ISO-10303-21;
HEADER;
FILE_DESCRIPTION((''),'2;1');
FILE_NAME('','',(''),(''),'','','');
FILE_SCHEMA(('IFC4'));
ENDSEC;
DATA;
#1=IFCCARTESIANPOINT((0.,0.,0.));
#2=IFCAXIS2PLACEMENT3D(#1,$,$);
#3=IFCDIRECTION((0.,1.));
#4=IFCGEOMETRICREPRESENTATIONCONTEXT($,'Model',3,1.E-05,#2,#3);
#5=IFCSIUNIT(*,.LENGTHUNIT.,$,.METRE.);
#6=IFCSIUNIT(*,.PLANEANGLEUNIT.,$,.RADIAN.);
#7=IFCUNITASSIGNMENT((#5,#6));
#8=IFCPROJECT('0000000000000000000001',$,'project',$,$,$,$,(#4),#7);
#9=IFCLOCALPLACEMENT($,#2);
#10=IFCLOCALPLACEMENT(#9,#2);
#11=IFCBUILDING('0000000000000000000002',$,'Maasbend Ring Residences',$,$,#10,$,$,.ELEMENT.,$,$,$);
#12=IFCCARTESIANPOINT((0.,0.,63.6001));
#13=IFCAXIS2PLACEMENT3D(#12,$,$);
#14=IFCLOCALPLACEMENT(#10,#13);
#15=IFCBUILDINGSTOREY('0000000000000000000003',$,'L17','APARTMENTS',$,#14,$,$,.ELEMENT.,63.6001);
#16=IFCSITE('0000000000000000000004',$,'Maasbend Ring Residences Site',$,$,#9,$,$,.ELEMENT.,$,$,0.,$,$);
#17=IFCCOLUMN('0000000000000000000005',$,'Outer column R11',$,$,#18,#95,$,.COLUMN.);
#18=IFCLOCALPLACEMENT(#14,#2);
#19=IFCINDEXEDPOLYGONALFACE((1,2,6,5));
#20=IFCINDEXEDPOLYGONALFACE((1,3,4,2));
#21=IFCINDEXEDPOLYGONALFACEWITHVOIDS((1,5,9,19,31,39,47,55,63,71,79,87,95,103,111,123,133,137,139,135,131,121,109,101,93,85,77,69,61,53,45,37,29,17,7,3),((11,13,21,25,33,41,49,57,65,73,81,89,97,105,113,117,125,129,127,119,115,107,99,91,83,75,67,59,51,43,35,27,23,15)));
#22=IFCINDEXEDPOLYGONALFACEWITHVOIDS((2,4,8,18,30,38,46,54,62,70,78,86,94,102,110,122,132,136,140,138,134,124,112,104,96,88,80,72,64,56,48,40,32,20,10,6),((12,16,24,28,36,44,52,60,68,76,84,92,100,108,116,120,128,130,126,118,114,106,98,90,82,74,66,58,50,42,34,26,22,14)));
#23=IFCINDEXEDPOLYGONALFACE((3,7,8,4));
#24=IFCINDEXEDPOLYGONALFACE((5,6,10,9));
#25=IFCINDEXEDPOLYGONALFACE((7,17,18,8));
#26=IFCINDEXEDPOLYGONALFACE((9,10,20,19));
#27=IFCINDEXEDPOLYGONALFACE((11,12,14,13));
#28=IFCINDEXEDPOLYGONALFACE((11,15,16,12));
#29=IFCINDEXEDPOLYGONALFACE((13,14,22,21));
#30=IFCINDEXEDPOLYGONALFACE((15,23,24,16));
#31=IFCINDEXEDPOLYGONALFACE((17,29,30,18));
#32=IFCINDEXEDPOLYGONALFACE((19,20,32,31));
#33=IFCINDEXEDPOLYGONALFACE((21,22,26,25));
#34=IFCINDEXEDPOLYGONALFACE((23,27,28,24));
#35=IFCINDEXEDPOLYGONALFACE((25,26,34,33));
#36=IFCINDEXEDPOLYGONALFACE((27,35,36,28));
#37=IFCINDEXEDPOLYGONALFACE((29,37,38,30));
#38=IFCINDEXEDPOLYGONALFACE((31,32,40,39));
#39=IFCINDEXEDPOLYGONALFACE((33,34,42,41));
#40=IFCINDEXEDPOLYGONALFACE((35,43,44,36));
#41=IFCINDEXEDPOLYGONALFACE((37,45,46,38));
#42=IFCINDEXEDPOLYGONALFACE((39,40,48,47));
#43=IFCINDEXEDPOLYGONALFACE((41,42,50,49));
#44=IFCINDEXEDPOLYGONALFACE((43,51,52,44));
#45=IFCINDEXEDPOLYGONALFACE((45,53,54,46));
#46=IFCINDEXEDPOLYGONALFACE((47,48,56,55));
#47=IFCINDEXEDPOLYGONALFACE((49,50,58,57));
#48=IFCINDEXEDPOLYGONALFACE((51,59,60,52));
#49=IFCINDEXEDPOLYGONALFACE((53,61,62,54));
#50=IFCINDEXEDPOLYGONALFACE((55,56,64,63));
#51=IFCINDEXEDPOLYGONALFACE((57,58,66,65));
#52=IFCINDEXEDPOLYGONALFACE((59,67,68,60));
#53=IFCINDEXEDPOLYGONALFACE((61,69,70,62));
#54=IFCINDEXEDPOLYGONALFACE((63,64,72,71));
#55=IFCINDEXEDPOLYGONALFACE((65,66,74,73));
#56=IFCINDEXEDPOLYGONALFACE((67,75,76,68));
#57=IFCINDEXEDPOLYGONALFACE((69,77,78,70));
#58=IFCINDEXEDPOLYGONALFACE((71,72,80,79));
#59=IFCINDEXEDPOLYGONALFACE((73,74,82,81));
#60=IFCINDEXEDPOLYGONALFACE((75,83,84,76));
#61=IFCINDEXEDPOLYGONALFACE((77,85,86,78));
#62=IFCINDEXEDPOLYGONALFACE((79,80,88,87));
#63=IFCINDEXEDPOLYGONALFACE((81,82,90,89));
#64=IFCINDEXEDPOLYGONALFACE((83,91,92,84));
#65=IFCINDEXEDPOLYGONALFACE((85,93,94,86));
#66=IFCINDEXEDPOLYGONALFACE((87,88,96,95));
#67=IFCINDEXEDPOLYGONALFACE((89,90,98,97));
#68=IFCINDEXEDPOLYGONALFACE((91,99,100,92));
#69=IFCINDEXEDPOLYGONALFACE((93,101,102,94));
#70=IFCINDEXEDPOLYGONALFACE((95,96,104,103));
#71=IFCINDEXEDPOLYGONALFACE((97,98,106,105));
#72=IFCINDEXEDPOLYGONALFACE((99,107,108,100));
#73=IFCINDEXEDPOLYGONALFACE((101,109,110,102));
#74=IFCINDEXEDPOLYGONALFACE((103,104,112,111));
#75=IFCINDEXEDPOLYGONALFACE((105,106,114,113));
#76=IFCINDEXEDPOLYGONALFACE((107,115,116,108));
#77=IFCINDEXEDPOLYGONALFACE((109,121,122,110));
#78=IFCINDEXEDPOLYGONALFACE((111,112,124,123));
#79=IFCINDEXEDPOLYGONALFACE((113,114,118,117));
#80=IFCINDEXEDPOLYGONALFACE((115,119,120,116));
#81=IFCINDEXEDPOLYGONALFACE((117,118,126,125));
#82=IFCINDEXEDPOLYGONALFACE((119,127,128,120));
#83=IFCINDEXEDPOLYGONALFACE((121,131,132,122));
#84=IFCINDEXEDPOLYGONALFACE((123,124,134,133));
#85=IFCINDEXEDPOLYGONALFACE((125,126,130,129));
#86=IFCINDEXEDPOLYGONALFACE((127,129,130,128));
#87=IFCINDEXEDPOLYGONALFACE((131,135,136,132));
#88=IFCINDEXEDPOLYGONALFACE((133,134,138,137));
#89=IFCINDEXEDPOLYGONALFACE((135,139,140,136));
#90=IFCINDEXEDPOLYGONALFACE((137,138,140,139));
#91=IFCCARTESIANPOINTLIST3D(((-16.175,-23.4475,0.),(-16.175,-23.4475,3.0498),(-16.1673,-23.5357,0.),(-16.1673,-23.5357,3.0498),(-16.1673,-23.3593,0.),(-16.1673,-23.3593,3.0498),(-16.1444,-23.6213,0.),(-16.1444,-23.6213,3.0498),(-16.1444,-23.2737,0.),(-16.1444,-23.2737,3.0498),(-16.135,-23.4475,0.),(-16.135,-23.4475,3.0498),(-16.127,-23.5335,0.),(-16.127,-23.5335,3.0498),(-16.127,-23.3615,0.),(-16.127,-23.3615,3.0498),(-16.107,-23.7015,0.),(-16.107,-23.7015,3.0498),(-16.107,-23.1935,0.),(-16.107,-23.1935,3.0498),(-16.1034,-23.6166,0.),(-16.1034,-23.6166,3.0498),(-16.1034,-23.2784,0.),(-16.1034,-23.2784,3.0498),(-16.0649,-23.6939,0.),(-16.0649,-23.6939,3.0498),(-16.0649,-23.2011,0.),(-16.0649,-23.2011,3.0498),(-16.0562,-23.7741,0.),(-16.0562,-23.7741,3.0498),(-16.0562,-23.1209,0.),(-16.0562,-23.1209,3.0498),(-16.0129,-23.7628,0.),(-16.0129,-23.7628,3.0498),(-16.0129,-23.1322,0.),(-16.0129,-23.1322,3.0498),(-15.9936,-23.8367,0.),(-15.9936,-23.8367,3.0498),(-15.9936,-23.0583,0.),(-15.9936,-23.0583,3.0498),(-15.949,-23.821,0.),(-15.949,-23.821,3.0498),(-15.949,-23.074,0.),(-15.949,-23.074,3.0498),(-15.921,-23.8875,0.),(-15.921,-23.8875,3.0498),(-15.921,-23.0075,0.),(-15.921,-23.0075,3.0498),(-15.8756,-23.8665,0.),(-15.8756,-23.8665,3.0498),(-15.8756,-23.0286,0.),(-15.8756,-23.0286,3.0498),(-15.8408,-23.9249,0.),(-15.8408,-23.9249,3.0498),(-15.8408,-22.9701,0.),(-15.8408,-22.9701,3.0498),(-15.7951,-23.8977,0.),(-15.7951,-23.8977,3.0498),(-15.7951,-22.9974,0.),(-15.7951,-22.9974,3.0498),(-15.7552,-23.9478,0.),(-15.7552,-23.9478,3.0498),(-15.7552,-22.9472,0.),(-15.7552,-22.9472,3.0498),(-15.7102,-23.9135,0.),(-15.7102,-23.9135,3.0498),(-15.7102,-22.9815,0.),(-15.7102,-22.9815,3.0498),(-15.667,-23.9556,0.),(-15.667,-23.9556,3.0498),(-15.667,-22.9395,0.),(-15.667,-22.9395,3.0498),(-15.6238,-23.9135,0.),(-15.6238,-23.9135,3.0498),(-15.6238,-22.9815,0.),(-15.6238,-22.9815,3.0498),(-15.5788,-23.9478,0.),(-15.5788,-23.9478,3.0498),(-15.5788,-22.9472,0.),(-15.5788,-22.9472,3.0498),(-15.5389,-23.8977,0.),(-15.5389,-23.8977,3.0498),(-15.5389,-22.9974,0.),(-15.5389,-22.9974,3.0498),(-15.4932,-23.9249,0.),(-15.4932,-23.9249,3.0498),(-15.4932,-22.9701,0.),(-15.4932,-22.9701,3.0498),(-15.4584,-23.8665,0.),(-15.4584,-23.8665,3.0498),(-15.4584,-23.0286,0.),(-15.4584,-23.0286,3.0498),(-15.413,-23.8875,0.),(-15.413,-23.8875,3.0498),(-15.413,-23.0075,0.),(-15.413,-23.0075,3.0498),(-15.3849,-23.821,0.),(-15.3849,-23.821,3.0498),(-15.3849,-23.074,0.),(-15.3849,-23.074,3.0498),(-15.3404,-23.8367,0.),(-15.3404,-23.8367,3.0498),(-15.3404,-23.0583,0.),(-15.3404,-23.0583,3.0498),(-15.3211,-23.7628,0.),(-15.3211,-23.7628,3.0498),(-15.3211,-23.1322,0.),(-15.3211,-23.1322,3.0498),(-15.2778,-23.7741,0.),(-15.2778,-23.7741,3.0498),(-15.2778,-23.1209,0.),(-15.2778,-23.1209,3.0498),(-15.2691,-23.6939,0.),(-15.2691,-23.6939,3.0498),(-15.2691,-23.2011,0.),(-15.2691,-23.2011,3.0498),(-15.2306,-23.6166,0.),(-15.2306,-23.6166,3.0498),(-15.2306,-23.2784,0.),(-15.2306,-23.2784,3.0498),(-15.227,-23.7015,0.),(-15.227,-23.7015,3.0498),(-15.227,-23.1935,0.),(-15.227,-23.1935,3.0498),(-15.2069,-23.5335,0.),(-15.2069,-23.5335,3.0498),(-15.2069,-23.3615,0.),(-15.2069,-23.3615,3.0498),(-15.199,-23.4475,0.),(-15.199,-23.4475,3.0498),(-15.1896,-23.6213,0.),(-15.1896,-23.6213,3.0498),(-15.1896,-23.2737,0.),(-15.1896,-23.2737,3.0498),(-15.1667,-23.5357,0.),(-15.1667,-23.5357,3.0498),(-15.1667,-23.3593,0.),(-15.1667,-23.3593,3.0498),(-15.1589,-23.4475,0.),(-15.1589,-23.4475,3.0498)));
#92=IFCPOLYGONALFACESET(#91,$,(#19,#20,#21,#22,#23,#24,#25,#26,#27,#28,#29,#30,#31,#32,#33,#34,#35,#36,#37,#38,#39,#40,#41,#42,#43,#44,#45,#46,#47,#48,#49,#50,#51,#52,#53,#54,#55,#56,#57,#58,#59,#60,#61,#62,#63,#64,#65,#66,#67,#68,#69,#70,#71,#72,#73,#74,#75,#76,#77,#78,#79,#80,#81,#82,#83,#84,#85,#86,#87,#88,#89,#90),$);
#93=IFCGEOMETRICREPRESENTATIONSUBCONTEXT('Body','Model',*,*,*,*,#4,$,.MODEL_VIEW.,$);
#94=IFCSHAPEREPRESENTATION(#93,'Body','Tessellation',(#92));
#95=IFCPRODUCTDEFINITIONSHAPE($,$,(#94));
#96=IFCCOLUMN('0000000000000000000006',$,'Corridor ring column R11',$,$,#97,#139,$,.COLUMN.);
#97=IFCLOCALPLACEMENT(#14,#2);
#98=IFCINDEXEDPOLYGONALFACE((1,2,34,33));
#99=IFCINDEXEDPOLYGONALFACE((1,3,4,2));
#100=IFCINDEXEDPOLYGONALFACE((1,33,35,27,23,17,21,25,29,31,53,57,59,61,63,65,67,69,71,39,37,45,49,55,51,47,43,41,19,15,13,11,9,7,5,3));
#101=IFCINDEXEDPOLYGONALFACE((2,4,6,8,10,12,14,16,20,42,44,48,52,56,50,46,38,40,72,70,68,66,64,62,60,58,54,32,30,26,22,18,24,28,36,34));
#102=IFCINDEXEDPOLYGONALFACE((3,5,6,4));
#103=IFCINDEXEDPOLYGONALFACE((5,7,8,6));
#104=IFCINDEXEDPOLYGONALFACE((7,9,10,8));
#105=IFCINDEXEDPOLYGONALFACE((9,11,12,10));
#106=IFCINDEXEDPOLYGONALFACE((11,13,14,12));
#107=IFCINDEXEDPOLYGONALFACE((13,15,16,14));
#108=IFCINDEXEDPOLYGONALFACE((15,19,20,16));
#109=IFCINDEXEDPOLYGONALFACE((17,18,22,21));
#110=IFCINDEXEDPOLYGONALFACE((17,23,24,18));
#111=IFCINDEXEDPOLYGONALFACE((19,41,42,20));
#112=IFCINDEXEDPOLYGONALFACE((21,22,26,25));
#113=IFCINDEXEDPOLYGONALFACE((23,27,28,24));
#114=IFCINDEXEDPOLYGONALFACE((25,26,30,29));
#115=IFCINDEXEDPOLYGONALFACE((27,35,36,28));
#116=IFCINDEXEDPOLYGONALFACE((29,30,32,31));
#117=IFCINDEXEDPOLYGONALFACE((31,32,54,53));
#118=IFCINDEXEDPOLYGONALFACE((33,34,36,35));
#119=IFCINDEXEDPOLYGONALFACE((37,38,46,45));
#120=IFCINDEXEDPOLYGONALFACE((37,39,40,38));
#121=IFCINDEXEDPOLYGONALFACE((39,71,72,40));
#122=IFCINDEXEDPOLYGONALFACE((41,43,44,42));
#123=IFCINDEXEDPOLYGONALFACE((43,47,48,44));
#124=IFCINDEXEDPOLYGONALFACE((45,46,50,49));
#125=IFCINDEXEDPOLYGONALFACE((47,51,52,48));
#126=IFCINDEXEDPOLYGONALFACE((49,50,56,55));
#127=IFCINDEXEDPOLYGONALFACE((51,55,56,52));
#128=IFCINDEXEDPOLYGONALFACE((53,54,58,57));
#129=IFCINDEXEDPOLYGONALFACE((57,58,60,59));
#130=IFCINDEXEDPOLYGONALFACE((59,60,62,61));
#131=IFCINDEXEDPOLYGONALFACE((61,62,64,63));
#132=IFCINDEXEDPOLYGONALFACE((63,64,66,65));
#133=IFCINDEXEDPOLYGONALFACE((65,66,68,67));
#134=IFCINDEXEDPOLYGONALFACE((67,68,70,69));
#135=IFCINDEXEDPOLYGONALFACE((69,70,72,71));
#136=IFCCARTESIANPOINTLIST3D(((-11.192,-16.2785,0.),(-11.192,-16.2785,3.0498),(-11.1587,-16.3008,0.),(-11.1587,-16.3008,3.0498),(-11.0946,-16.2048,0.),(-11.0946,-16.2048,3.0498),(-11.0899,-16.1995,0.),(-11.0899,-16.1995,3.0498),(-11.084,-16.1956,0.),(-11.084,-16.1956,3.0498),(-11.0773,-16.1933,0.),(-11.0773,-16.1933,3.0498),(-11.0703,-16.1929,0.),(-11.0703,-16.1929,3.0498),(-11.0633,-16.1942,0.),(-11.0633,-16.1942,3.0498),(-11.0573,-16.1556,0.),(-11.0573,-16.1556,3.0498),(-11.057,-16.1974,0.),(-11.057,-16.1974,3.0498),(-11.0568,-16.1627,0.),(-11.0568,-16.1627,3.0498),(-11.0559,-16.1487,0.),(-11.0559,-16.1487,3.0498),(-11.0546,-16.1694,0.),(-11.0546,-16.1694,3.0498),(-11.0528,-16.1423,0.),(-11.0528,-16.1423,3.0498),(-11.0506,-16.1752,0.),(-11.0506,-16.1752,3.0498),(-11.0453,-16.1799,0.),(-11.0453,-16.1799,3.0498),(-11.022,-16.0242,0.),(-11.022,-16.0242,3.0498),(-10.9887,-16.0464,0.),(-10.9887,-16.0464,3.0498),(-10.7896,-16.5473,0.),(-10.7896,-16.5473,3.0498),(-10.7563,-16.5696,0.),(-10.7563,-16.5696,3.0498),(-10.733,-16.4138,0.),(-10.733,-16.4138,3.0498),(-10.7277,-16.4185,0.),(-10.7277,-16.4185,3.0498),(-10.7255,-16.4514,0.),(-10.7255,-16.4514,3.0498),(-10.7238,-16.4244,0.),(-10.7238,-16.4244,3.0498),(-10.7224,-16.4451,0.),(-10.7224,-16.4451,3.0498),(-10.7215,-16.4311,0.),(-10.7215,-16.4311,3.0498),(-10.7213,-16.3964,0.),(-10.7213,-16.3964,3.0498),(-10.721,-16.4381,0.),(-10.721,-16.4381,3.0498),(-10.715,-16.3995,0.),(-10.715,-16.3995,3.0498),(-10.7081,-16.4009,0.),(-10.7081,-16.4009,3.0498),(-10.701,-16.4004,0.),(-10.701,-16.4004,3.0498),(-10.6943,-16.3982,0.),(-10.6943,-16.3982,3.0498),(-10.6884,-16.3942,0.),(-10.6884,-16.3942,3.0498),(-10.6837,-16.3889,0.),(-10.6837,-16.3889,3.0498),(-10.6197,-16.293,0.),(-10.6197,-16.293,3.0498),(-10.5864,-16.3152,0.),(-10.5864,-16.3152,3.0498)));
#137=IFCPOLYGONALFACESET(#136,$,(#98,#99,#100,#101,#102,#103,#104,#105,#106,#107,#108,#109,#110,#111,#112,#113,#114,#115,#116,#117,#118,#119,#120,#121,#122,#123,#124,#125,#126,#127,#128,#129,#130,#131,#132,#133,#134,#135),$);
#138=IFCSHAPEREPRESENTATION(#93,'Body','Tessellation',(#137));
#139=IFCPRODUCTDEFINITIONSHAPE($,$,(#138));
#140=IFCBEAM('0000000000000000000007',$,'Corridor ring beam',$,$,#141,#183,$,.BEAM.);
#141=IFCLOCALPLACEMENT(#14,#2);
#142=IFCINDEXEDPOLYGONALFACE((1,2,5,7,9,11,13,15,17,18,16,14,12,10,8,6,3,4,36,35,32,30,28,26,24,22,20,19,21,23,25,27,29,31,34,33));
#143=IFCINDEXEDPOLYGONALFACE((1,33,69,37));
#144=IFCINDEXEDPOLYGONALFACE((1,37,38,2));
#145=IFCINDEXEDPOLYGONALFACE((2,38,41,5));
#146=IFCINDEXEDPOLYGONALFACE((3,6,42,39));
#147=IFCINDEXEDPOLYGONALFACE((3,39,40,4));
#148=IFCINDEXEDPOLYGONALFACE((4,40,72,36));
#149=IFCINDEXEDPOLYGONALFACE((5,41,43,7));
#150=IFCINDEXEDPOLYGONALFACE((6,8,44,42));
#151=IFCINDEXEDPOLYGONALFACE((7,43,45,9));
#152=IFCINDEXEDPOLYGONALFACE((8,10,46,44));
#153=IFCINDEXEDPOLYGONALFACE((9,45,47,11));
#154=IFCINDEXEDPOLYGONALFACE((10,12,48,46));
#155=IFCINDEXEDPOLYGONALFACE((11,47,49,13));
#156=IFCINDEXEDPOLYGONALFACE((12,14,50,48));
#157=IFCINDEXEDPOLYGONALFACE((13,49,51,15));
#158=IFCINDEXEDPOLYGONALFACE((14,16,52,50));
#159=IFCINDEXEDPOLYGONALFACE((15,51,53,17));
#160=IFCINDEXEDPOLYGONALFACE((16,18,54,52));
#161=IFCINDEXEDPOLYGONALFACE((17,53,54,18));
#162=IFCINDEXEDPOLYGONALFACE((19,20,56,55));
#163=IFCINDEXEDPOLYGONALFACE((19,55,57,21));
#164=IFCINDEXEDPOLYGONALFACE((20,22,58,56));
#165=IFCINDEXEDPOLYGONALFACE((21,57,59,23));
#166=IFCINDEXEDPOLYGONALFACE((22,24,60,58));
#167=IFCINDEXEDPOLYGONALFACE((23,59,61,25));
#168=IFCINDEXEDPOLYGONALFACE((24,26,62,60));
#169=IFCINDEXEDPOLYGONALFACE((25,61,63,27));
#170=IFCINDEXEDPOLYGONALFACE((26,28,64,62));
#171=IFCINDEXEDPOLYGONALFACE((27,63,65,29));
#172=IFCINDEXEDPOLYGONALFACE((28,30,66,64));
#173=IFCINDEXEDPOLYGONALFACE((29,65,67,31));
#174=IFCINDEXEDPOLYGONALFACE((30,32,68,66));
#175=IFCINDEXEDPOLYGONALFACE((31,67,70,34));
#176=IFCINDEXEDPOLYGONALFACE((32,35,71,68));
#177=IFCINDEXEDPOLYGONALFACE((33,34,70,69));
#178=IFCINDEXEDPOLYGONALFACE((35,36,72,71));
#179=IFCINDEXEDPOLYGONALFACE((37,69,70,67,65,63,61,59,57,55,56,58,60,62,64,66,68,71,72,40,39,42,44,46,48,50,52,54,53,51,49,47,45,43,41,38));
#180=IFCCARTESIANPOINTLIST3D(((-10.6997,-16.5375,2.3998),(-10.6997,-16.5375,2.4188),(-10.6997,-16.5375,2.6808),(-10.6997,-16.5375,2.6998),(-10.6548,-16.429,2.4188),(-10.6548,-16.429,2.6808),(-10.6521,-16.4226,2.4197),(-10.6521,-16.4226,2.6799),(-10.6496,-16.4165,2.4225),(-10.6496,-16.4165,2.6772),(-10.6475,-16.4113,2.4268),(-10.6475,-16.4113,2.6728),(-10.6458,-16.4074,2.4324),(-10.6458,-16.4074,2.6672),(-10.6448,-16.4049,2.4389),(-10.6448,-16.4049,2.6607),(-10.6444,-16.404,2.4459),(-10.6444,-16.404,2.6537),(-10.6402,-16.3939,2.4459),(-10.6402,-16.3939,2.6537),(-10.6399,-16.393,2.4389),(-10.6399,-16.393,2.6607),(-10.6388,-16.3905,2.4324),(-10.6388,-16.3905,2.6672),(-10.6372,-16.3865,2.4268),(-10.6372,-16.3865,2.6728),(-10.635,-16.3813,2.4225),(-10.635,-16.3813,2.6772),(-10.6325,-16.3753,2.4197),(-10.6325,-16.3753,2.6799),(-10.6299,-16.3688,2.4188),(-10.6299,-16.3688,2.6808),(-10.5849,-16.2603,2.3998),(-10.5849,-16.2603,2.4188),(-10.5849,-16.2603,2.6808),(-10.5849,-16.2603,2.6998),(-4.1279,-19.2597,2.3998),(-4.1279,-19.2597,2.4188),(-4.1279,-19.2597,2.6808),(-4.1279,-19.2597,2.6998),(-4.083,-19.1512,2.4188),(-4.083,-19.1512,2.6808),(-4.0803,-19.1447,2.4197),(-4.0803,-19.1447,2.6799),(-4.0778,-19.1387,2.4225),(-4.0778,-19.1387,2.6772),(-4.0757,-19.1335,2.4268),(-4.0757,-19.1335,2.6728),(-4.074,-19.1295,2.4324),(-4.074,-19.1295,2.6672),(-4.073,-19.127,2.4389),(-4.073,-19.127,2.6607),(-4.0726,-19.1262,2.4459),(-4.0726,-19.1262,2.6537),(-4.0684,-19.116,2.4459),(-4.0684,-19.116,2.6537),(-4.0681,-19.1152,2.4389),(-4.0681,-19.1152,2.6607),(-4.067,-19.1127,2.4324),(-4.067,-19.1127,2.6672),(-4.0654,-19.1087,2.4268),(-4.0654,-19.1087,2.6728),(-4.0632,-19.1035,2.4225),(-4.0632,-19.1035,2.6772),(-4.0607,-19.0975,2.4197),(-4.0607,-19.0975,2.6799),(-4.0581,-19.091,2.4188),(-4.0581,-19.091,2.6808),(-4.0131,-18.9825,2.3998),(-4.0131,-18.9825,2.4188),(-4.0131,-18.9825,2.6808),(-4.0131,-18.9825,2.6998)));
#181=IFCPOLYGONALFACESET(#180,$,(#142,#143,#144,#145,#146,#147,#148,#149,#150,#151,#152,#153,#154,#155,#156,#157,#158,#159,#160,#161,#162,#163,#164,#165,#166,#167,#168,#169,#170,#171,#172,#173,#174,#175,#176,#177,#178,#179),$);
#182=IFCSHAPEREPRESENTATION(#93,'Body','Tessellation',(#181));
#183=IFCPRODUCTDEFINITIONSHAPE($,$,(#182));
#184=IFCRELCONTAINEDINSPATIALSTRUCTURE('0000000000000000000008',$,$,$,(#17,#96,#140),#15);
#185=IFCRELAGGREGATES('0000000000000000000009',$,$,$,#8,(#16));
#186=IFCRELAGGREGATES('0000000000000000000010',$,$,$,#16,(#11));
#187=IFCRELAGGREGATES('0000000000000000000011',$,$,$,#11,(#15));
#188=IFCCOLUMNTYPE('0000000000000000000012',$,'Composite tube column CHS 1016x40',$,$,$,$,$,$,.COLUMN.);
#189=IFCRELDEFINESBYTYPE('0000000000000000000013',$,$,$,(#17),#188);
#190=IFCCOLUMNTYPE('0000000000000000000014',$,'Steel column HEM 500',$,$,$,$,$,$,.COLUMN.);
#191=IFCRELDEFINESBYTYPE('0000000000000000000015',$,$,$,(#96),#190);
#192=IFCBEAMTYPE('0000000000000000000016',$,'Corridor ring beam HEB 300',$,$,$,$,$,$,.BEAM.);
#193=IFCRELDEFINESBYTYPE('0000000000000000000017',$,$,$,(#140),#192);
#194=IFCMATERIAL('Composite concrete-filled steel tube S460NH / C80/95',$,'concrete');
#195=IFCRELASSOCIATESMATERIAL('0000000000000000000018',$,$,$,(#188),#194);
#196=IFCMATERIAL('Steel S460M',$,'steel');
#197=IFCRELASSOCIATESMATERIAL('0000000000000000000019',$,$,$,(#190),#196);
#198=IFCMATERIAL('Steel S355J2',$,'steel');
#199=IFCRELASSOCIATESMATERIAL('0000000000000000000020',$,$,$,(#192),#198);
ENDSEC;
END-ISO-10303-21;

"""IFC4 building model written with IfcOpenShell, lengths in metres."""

from ifc_helpers import new_model, si_unit, direction, frame, origin, origin_2d, place, context, subcontext, project, spatial, hollow_circle, i_section, extrude, material, material_profile, profile_set, type_object, element, save


model = new_model("IFC4")

# Units and contexts
model_context = context("Model", 3, precision=1e-05, world=origin(), true_north=direction((0.0, 1.0)))
body_context = subcontext(model_context, "Body", "Model", "MODEL_VIEW")
ifc_project = project(units=[si_unit("LENGTHUNIT", "METRE"), si_unit("PLANEANGLEUNIT", "RADIAN")], contexts=[model_context])

# Site, building, storey
site_placement = place(None, origin())
site = spatial("IfcSite", under=ifc_project, at=site_placement, Name="Maasbend Ring Residences Site", CompositionType="ELEMENT", RefElevation=0.0)
building_placement = place(site_placement, origin())
building = spatial("IfcBuilding", under=site, at=building_placement, Name="Maasbend Ring Residences", CompositionType="ELEMENT")
storey_placement = place(building_placement, frame((0.0, 0.0, 63.6001)))
storey = spatial("IfcBuildingStorey", under=building, at=storey_placement, Name="L17", Description="APARTMENTS", CompositionType="ELEMENT", Elevation=63.6001)

# Columns
ifc_material_1 = material(Name="Composite concrete-filled steel tube S460NH / C80/95", Category="concrete")
ifc_material_profile_1 = material_profile(ifc_material_1, hollow_circle(Radius=0.5081, WallThickness=0.04, at=origin_2d()), Name="Composite tube column CHS 1016x40")
ifc_profile_set_1 = profile_set([ifc_material_profile_1], Name="Composite concrete-filled steel tube S460NH / C80/95")
column_type_1 = type_object("IfcColumnType", Name="Composite tube column CHS 1016x40", PredefinedType="COLUMN", material=ifc_profile_set_1)
column_1_placement = place(storey_placement, frame((-15.667, -23.4475, 0.0), z_axis=(0.0, 0.0, 1.0), x_axis=(1.0, 0.0, 0.0)))
element("IfcColumn", 1, at=column_1_placement, inside=storey, type_object=column_type_1, Name="Outer column R11", PredefinedType="COLUMN", context=body_context, shape_type="SweptSolid", body=[
    extrude(hollow_circle(Radius=0.5081, WallThickness=0.04, at=origin_2d()), origin(), (0.0, 0.0, 1.0), 3.0498),
])
ifc_material_2 = material(Name="Steel S460M", Category="steel")
ifc_material_profile_2 = material_profile(ifc_material_2, i_section(OverallWidth=0.3059, OverallDepth=0.5239, WebThickness=0.021, FlangeThickness=0.04, FilletRadius=0.0271, at=origin_2d()), Name="HEM 500")
ifc_profile_set_2 = profile_set([ifc_material_profile_2], Name="Steel S460M")
column_type_2 = type_object("IfcColumnType", Name="Steel column HEM 500", PredefinedType="COLUMN", material=ifc_profile_set_2)
column_2_placement = place(storey_placement, frame((-10.8892, -16.2969, 0.0), z_axis=(0.0, 0.0, 1.0), x_axis=(-0.55557, -0.83147, 0.0)))
element("IfcColumn", 2, at=column_2_placement, inside=storey, type_object=column_type_2, Name="Corridor ring column R11", PredefinedType="COLUMN", context=body_context, shape_type="SweptSolid", body=[
    extrude(i_section(OverallWidth=0.3059, OverallDepth=0.5239, WebThickness=0.021, FlangeThickness=0.04, FilletRadius=0.0271, at=origin_2d()), origin(), (0.0, 0.0, 1.0), 3.0498),
])

# Beam
ifc_material_3 = material(Name="Steel S355J2", Category="steel")
ifc_material_profile_3 = material_profile(ifc_material_3, i_section(OverallWidth=0.3, OverallDepth=0.3, WebThickness=0.011, FlangeThickness=0.019, FilletRadius=0.0271, at=origin_2d()), Name="HEB 300")
ifc_profile_set_3 = profile_set([ifc_material_profile_3], Name="Steel S355J2")
beam_type_1 = type_object("IfcBeamType", Name="Corridor ring beam HEB 300", PredefinedType="BEAM", material=ifc_profile_set_3)
beam_1_placement = place(storey_placement, frame((-10.6423, -16.3989, 2.5498), z_axis=(0.923877, -0.382689, 0.0), x_axis=(0.382689, 0.923877, 0.0)))
element("IfcBeam", 3, at=beam_1_placement, inside=storey, type_object=beam_type_1, Name="Corridor ring beam", PredefinedType="BEAM", context=body_context, shape_type="SweptSolid", body=[
    extrude(i_section(OverallWidth=0.3, OverallDepth=0.3, WebThickness=0.011, FlangeThickness=0.019, FilletRadius=0.0271, at=origin_2d()), origin(), (0.0, 0.0, 1.0), 7.1133),
])

save(model, "model.ifc")
